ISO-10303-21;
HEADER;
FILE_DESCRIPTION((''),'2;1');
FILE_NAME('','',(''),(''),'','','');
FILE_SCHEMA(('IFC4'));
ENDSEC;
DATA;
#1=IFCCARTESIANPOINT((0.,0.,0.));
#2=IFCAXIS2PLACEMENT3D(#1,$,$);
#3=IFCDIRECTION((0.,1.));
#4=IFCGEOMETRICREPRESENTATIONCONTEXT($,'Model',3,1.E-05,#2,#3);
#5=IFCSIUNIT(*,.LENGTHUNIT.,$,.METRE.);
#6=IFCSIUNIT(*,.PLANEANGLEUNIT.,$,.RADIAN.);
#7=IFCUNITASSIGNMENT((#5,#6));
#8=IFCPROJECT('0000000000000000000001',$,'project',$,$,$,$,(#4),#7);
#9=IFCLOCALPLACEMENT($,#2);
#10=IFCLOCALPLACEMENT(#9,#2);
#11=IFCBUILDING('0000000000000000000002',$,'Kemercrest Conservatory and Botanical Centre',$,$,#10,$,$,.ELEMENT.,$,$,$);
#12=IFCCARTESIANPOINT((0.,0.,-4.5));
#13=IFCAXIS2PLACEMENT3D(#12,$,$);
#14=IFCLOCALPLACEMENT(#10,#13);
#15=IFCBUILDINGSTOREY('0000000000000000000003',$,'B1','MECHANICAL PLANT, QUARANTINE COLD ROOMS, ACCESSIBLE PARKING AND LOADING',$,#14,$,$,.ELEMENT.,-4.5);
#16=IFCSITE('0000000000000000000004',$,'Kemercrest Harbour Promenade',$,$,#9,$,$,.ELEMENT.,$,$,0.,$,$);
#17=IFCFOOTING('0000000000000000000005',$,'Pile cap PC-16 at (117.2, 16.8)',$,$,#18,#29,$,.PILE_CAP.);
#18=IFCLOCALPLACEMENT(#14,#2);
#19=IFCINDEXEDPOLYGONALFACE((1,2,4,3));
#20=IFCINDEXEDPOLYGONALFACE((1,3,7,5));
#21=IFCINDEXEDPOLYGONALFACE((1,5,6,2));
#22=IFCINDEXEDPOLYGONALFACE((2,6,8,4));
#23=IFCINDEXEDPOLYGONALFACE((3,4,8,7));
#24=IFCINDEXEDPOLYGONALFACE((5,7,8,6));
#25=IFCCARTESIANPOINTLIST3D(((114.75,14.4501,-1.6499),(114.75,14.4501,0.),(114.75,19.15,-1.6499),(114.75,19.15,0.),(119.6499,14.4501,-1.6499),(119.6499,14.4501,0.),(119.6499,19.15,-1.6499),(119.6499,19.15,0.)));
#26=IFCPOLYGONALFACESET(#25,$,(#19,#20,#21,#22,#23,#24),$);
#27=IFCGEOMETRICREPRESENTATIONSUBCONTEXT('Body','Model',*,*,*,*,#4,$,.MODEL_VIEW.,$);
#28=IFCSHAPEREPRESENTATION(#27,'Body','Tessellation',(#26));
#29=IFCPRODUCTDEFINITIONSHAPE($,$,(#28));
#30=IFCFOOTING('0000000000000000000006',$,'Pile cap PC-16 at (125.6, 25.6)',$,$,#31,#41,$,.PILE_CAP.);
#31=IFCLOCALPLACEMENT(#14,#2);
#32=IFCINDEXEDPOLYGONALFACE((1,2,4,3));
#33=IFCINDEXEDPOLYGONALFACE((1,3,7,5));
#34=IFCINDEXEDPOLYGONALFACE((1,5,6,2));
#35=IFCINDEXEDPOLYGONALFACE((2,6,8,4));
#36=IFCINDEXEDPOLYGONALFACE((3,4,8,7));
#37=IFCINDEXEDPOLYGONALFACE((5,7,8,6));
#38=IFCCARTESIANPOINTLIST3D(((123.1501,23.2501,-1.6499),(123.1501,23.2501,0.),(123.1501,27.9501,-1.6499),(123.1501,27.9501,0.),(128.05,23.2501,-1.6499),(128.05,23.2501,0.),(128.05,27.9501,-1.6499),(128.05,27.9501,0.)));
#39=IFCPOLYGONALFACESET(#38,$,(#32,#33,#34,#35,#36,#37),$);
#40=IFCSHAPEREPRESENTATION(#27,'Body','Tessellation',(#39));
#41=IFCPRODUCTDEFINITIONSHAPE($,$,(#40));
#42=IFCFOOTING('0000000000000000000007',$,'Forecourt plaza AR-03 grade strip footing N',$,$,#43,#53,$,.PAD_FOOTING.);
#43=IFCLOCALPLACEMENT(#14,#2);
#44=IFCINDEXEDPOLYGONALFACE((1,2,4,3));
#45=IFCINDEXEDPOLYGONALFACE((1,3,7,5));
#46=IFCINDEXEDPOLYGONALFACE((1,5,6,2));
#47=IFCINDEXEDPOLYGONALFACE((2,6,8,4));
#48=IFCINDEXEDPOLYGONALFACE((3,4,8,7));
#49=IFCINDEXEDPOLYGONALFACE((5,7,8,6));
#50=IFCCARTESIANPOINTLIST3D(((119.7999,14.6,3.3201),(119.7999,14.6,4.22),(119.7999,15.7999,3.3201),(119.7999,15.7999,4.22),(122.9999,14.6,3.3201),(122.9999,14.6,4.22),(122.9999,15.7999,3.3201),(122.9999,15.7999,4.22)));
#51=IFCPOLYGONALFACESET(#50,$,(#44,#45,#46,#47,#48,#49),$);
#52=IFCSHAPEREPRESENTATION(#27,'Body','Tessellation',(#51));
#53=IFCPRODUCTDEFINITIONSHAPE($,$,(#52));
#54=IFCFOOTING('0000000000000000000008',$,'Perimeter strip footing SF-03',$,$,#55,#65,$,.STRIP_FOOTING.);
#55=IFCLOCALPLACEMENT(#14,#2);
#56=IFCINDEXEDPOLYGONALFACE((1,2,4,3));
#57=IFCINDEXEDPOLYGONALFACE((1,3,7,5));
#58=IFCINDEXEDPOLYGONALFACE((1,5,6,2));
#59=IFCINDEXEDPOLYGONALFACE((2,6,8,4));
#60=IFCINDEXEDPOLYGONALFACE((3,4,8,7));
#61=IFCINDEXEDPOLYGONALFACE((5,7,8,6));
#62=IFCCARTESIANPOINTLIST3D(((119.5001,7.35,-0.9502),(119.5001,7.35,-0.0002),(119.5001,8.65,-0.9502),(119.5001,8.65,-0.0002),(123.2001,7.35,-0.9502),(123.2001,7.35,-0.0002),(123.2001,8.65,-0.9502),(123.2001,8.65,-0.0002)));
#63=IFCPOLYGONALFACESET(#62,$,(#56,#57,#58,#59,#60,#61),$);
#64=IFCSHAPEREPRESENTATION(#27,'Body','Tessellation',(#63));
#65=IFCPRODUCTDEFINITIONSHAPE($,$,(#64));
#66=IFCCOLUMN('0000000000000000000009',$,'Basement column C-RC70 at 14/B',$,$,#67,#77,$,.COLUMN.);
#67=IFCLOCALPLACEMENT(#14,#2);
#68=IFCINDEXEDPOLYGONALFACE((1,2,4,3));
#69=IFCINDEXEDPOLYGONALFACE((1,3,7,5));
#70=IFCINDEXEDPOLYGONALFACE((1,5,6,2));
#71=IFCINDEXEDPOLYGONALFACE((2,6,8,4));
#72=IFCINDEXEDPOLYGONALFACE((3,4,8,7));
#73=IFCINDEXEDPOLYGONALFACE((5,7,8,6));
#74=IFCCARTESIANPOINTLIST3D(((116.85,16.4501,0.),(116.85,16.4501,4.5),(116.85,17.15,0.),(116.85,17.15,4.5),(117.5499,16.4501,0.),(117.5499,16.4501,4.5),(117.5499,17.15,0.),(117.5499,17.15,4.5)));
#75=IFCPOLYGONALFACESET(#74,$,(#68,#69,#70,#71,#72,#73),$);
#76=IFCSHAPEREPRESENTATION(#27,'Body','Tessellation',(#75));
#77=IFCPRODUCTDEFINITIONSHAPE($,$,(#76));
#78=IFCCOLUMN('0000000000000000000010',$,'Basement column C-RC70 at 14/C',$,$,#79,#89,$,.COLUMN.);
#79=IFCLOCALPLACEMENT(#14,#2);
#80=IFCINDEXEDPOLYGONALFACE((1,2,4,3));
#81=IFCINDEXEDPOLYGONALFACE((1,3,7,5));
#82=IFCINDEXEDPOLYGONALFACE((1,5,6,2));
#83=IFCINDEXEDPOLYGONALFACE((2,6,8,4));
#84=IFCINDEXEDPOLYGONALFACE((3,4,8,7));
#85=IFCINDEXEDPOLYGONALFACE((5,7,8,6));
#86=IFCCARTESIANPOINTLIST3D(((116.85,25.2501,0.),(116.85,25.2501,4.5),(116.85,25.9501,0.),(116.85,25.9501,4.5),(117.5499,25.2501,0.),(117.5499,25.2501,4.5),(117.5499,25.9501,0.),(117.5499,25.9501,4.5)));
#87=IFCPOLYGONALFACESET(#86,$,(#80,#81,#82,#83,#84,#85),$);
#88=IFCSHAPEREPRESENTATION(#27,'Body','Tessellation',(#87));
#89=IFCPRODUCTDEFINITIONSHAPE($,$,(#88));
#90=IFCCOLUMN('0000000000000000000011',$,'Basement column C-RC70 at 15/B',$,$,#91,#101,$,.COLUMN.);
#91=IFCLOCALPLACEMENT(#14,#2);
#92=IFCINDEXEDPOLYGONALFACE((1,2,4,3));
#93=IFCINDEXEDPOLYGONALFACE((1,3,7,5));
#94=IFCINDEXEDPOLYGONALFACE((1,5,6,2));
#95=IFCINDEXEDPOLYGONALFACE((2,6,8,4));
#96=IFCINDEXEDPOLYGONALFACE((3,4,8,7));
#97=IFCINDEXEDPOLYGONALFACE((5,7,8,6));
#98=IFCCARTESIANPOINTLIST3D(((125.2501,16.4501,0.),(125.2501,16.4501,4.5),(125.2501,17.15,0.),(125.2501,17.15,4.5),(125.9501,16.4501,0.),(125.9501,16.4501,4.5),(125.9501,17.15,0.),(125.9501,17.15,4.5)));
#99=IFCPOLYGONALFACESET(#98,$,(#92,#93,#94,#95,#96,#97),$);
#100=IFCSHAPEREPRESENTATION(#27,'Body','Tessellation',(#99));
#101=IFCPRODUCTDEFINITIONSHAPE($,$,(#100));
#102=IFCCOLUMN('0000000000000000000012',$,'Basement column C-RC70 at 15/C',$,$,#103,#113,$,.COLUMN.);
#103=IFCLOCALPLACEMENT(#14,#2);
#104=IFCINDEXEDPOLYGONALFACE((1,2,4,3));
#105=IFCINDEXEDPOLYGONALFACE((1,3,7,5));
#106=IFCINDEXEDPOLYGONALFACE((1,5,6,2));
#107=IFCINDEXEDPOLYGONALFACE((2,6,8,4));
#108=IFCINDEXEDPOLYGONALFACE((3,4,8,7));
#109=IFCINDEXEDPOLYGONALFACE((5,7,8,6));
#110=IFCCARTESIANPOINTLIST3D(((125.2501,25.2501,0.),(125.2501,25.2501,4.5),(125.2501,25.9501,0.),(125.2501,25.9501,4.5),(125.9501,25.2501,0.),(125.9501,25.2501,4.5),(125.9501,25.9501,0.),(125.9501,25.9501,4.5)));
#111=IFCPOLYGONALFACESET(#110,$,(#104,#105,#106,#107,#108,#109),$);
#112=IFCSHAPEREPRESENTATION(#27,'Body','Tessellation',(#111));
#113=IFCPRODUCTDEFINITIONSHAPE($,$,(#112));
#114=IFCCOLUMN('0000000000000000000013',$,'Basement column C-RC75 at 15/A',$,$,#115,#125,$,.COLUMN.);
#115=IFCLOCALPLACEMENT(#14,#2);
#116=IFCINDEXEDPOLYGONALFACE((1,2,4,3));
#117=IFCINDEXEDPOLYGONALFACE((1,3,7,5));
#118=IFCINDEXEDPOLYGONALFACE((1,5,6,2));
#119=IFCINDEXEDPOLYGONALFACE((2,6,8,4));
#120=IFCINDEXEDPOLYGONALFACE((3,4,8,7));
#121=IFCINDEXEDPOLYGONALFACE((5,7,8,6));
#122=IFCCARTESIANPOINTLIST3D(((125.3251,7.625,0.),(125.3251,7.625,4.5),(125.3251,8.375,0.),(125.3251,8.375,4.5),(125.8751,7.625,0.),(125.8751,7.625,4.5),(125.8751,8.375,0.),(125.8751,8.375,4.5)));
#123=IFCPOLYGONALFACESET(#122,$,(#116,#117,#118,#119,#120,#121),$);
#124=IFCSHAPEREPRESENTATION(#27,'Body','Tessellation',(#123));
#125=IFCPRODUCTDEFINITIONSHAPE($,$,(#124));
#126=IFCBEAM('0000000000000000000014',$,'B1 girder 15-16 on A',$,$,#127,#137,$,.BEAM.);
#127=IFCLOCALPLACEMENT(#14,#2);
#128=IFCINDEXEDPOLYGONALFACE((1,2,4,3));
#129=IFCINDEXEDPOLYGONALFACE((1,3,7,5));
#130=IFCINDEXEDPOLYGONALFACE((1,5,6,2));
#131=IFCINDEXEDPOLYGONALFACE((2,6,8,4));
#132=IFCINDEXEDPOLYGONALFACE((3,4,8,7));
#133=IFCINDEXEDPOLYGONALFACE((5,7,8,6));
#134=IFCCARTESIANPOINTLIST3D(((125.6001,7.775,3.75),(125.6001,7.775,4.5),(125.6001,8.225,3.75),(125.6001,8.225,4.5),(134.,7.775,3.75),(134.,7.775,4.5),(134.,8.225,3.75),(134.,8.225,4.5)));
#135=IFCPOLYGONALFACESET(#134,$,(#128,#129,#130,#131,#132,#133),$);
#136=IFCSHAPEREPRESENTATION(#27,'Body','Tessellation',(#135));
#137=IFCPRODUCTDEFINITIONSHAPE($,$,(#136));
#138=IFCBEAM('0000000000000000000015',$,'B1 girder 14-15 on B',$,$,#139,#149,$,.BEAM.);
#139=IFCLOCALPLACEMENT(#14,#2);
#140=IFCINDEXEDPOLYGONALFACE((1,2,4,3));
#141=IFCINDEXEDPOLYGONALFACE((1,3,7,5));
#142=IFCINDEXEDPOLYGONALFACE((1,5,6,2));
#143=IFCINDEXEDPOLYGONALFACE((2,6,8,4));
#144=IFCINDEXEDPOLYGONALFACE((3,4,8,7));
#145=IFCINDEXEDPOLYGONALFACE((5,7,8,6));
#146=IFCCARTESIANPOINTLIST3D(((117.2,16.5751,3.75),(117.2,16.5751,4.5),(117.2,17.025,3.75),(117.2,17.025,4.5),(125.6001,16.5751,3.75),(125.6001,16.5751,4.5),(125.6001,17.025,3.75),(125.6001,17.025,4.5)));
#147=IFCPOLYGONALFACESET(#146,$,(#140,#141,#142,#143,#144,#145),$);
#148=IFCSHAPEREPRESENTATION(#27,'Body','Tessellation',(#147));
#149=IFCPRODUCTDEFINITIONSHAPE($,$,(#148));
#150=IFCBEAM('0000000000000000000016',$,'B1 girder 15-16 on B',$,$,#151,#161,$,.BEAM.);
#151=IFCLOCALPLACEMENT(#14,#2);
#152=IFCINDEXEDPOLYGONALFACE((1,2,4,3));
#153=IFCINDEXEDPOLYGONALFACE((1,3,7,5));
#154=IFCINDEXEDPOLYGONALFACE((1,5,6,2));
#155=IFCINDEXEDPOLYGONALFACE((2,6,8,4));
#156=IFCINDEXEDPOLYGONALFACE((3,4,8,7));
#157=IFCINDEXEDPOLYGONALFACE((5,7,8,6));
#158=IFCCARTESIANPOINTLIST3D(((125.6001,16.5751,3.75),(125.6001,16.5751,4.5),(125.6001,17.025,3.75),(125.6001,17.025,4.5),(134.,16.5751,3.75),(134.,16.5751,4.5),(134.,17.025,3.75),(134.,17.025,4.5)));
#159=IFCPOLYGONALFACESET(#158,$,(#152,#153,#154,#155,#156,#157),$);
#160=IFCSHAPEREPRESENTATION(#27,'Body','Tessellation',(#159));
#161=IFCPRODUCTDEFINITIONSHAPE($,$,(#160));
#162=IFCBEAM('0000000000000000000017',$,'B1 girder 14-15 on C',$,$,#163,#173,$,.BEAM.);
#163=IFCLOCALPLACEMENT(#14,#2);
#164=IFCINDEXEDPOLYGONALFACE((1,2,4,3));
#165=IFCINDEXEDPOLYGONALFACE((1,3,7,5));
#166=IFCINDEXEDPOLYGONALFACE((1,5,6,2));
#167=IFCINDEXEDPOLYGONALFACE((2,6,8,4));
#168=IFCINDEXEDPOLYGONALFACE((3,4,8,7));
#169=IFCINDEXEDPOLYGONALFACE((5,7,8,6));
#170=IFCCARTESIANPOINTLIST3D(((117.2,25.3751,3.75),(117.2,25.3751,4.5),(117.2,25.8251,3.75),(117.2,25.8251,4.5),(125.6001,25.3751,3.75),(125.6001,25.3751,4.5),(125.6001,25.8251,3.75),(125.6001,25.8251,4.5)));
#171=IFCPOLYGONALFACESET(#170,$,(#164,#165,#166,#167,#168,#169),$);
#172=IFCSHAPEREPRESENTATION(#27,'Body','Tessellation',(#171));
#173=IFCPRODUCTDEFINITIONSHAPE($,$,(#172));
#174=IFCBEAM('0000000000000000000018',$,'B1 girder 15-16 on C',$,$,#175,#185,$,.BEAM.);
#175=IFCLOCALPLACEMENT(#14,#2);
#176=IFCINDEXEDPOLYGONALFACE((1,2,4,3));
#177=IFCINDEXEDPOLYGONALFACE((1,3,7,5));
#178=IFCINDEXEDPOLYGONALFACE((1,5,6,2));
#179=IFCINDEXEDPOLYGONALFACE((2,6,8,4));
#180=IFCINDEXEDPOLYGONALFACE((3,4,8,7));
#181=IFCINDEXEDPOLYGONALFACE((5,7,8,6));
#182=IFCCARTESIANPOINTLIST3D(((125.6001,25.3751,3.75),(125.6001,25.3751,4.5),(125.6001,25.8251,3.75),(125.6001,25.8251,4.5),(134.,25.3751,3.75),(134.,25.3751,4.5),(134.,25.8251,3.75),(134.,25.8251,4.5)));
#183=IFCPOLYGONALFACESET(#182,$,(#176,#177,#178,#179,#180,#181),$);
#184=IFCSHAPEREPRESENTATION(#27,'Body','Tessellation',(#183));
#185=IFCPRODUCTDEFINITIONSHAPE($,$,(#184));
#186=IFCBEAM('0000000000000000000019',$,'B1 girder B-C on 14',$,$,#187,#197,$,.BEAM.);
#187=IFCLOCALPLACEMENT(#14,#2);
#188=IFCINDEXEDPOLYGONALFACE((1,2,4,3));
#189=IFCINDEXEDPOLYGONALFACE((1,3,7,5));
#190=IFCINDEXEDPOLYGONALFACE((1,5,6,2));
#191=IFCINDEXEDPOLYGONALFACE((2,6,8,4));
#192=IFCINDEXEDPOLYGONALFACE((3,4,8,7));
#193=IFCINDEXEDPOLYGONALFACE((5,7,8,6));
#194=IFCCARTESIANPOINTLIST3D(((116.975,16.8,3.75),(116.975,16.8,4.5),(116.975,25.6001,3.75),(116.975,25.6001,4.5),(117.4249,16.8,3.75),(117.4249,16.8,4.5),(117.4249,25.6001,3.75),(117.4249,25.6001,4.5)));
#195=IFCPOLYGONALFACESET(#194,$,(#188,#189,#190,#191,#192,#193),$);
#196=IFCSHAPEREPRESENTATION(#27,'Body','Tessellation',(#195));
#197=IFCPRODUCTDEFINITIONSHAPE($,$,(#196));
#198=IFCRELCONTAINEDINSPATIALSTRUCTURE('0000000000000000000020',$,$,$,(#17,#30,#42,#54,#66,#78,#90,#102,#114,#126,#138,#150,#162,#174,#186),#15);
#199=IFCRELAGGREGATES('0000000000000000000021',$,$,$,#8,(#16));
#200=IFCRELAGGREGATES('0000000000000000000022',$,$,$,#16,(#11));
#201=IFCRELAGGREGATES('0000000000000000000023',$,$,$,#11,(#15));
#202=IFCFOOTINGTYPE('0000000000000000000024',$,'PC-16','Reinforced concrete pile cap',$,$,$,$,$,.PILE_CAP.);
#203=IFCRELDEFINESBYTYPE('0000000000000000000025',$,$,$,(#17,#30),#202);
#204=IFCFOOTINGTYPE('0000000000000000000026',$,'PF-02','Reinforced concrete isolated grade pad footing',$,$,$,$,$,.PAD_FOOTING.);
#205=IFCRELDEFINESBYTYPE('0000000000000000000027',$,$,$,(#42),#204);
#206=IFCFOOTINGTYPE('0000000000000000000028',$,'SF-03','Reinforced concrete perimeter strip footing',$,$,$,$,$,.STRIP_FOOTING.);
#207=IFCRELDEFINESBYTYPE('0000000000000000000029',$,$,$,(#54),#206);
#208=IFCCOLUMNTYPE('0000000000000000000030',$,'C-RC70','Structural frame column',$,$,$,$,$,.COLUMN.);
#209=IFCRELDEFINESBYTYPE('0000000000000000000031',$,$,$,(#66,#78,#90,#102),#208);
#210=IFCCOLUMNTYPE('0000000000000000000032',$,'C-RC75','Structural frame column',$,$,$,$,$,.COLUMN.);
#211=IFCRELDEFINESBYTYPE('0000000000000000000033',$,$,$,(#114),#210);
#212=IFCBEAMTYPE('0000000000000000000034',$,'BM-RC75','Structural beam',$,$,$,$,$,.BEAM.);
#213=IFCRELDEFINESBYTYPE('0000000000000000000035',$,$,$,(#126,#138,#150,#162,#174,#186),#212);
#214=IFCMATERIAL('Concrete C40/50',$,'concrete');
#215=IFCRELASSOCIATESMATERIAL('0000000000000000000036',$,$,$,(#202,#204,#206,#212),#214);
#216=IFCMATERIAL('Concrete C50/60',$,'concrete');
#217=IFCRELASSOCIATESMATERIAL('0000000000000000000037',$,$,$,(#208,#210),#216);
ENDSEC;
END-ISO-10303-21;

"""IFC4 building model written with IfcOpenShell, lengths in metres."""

from ifc_helpers import new_model, si_unit, direction, frame, origin, origin_2d, place, context, subcontext, project, spatial, rectangle, extrude, material, material_profile, profile_set, type_object, element, save


model = new_model("IFC4")

# Units and contexts
model_context = context("Model", 3, precision=1e-05, world=origin(), true_north=direction((0.0, 1.0)))
body_context = subcontext(model_context, "Body", "Model", "MODEL_VIEW")
ifc_project = project(units=[si_unit("LENGTHUNIT", "METRE"), si_unit("PLANEANGLEUNIT", "RADIAN")], contexts=[model_context])

# Site, building, storey
site_placement = place(None, origin())
site = spatial("IfcSite", under=ifc_project, at=site_placement, Name="Kemercrest Harbour Promenade", CompositionType="ELEMENT", RefElevation=0.0)
building_placement = place(site_placement, origin())
building = spatial("IfcBuilding", under=site, at=building_placement, Name="Kemercrest Conservatory and Botanical Centre", CompositionType="ELEMENT")
storey_placement = place(building_placement, frame((0.0, 0.0, -4.5)))
storey = spatial("IfcBuildingStorey", under=building, at=storey_placement, Name="B1", Description="MECHANICAL PLANT, QUARANTINE COLD ROOMS, ACCESSIBLE PARKING AND LOADING", CompositionType="ELEMENT", Elevation=-4.5)

# Shared definitions
ifc_material_1 = material(Name="Concrete C40/50", Category="concrete")

# Footings
footing_type_1 = type_object("IfcFootingType", Name="PC-16", Description="Reinforced concrete pile cap", PredefinedType="PILE_CAP", material=ifc_material_1)
for number, where, z_axis, x_axis, name in (
    (1, (117.2, 16.8, -1.6499), (0.0, 0.0, 1.0), (1.0, 0.0, 0.0), "Pile cap PC-16 at (117.2, 16.8)"),
    (2, (125.6001, 25.6001, -1.6499), (0.0, 0.0, 1.0), (1.0, 0.0, 0.0), "Pile cap PC-16 at (125.6, 25.6)"),
):
    element("IfcFooting", number, at=place(storey_placement, frame(where, z_axis=z_axis, x_axis=x_axis)), inside=storey, type_object=footing_type_1, Name=name, PredefinedType="PILE_CAP", context=body_context, shape_type="SweptSolid", body=[
        extrude(rectangle(XDim=4.8999, YDim=4.7, at=origin_2d()), origin(), (0.0, 0.0, 1.0), 1.6499),
    ])
footing_type_2 = type_object("IfcFootingType", Name="PF-02", Description="Reinforced concrete isolated grade pad footing", PredefinedType="PAD_FOOTING", material=ifc_material_1)
footing_1_placement = place(storey_placement, frame((121.3999, 15.2, 3.3201), z_axis=(0.0, 0.0, 1.0), x_axis=(1.0, 0.0, 0.0)))
element("IfcFooting", 3, at=footing_1_placement, inside=storey, type_object=footing_type_2, Name="Forecourt plaza AR-03 grade strip footing N", PredefinedType="PAD_FOOTING", context=body_context, shape_type="SweptSolid", body=[
    extrude(rectangle(XDim=3.2, YDim=1.2, at=origin_2d()), origin(), (0.0, 0.0, 1.0), 0.8999),
])
footing_type_3 = type_object("IfcFootingType", Name="SF-03", Description="Reinforced concrete perimeter strip footing", PredefinedType="STRIP_FOOTING", material=ifc_material_1)
footing_2_placement = place(storey_placement, frame((121.3501, 8.0, -0.9502), z_axis=(0.0, 0.0, 1.0), x_axis=(1.0, 0.0, 0.0)))
element("IfcFooting", 4, at=footing_2_placement, inside=storey, type_object=footing_type_3, Name="Perimeter strip footing SF-03", PredefinedType="STRIP_FOOTING", context=body_context, shape_type="SweptSolid", body=[
    extrude(rectangle(XDim=3.7, YDim=1.3, at=origin_2d()), origin(), (0.0, 0.0, 1.0), 0.95),
])

# Columns
ifc_material_2 = material(Name="Concrete C50/60", Category="concrete")
ifc_material_profile_1 = material_profile(ifc_material_2, rectangle(XDim=0.7, YDim=0.7, at=origin_2d()), Name="RC 700x700")
ifc_profile_set_1 = profile_set([ifc_material_profile_1], Name="Concrete C50/60")
column_type_1 = type_object("IfcColumnType", Name="C-RC70", Description="Structural frame column", PredefinedType="COLUMN", material=ifc_profile_set_1)
for number, where, z_axis, x_axis, name in (
    (5, (117.2, 16.8, 0.0), (0.0, 0.0, 1.0), (1.0, 0.0, 0.0), "Basement column C-RC70 at 14/B"),
    (6, (117.2, 25.6001, 0.0), (0.0, 0.0, 1.0), (1.0, 0.0, 0.0), "Basement column C-RC70 at 14/C"),
    (7, (125.6001, 16.8, 0.0), (0.0, 0.0, 1.0), (1.0, 0.0, 0.0), "Basement column C-RC70 at 15/B"),
    (8, (125.6001, 25.6001, 0.0), (0.0, 0.0, 1.0), (1.0, 0.0, 0.0), "Basement column C-RC70 at 15/C"),
):
    element("IfcColumn", number, at=place(storey_placement, frame(where, z_axis=z_axis, x_axis=x_axis)), inside=storey, type_object=column_type_1, Name=name, PredefinedType="COLUMN", context=body_context, shape_type="SweptSolid", body=[
        extrude(rectangle(XDim=0.7, YDim=0.7, at=origin_2d()), origin(), (0.0, 0.0, 1.0), 4.5),
    ])
ifc_material_profile_2 = material_profile(ifc_material_2, rectangle(XDim=0.55, YDim=0.75, at=origin_2d()), Name="RC 750x550")
ifc_profile_set_2 = profile_set([ifc_material_profile_2], Name="Concrete C50/60")
column_type_2 = type_object("IfcColumnType", Name="C-RC75", Description="Structural frame column", PredefinedType="COLUMN", material=ifc_profile_set_2)
column_placement = place(storey_placement, frame((125.6001, 8.0, 0.0), z_axis=(0.0, 0.0, 1.0), x_axis=(1.0, 0.0, 0.0)))
element("IfcColumn", 9, at=column_placement, inside=storey, type_object=column_type_2, Name="Basement column C-RC75 at 15/A", PredefinedType="COLUMN", context=body_context, shape_type="SweptSolid", body=[
    extrude(rectangle(XDim=0.55, YDim=0.75, at=origin_2d()), origin(), (0.0, 0.0, 1.0), 4.5),
])

# Beams
ifc_material_profile_3 = material_profile(ifc_material_1, rectangle(XDim=0.45, YDim=0.75, at=origin_2d()), Name="RC 450x750")
ifc_profile_set_3 = profile_set([ifc_material_profile_3], Name="Concrete C40/50")
beam_type = type_object("IfcBeamType", Name="BM-RC75", Description="Structural beam", PredefinedType="BEAM", material=ifc_profile_set_3)
beam_1_placement = place(storey_placement, frame((125.6001, 8.0, 4.125), z_axis=(1.0, 0.0, 0.0), x_axis=(0.0, 1.0, 0.0)))
element("IfcBeam", 10, at=beam_1_placement, inside=storey, type_object=beam_type, Name="B1 girder 15-16 on A", PredefinedType="BEAM", context=body_context, shape_type="SweptSolid", body=[
    extrude(rectangle(XDim=0.45, YDim=0.75, at=origin_2d()), origin(), (0.0, 0.0, 1.0), 8.3999),
])
beam_2_placement = place(storey_placement, frame((117.2, 16.8, 4.125), z_axis=(1.0, 0.0, 0.0), x_axis=(0.0, 1.0, 0.0)))
element("IfcBeam", 11, at=beam_2_placement, inside=storey, type_object=beam_type, Name="B1 girder 14-15 on B", PredefinedType="BEAM", context=body_context, shape_type="SweptSolid", body=[
    extrude(rectangle(XDim=0.45, YDim=0.75, at=origin_2d()), origin(), (0.0, 0.0, 1.0), 8.4001),
])
beam_3_placement = place(storey_placement, frame((125.6001, 16.8, 4.125), z_axis=(1.0, 0.0, 0.0), x_axis=(0.0, 1.0, 0.0)))
element("IfcBeam", 12, at=beam_3_placement, inside=storey, type_object=beam_type, Name="B1 girder 15-16 on B", PredefinedType="BEAM", context=body_context, shape_type="SweptSolid", body=[
    extrude(rectangle(XDim=0.45, YDim=0.75, at=origin_2d()), origin(), (0.0, 0.0, 1.0), 8.3999),
])
beam_4_placement = place(storey_placement, frame((117.2, 25.6001, 4.125), z_axis=(1.0, 0.0, 0.0), x_axis=(0.0, 1.0, 0.0)))
element("IfcBeam", 13, at=beam_4_placement, inside=storey, type_object=beam_type, Name="B1 girder 14-15 on C", PredefinedType="BEAM", context=body_context, shape_type="SweptSolid", body=[
    extrude(rectangle(XDim=0.45, YDim=0.75, at=origin_2d()), origin(), (0.0, 0.0, 1.0), 8.4001),
])
beam_5_placement = place(storey_placement, frame((125.6001, 25.6001, 4.125), z_axis=(1.0, 0.0, 0.0), x_axis=(0.0, 1.0, 0.0)))
element("IfcBeam", 14, at=beam_5_placement, inside=storey, type_object=beam_type, Name="B1 girder 15-16 on C", PredefinedType="BEAM", context=body_context, shape_type="SweptSolid", body=[
    extrude(rectangle(XDim=0.45, YDim=0.75, at=origin_2d()), origin(), (0.0, 0.0, 1.0), 8.3999),
])
beam_6_placement = place(storey_placement, frame((117.2, 16.8, 4.125), z_axis=(0.0, 1.0, 0.0), x_axis=(-1.0, 0.0, 0.0)))
element("IfcBeam", 15, at=beam_6_placement, inside=storey, type_object=beam_type, Name="B1 girder B-C on 14", PredefinedType="BEAM", context=body_context, shape_type="SweptSolid", body=[
    extrude(rectangle(XDim=0.45, YDim=0.75, at=origin_2d()), origin(), (0.0, 0.0, 1.0), 8.8),
])

save(model, "model.ifc")
